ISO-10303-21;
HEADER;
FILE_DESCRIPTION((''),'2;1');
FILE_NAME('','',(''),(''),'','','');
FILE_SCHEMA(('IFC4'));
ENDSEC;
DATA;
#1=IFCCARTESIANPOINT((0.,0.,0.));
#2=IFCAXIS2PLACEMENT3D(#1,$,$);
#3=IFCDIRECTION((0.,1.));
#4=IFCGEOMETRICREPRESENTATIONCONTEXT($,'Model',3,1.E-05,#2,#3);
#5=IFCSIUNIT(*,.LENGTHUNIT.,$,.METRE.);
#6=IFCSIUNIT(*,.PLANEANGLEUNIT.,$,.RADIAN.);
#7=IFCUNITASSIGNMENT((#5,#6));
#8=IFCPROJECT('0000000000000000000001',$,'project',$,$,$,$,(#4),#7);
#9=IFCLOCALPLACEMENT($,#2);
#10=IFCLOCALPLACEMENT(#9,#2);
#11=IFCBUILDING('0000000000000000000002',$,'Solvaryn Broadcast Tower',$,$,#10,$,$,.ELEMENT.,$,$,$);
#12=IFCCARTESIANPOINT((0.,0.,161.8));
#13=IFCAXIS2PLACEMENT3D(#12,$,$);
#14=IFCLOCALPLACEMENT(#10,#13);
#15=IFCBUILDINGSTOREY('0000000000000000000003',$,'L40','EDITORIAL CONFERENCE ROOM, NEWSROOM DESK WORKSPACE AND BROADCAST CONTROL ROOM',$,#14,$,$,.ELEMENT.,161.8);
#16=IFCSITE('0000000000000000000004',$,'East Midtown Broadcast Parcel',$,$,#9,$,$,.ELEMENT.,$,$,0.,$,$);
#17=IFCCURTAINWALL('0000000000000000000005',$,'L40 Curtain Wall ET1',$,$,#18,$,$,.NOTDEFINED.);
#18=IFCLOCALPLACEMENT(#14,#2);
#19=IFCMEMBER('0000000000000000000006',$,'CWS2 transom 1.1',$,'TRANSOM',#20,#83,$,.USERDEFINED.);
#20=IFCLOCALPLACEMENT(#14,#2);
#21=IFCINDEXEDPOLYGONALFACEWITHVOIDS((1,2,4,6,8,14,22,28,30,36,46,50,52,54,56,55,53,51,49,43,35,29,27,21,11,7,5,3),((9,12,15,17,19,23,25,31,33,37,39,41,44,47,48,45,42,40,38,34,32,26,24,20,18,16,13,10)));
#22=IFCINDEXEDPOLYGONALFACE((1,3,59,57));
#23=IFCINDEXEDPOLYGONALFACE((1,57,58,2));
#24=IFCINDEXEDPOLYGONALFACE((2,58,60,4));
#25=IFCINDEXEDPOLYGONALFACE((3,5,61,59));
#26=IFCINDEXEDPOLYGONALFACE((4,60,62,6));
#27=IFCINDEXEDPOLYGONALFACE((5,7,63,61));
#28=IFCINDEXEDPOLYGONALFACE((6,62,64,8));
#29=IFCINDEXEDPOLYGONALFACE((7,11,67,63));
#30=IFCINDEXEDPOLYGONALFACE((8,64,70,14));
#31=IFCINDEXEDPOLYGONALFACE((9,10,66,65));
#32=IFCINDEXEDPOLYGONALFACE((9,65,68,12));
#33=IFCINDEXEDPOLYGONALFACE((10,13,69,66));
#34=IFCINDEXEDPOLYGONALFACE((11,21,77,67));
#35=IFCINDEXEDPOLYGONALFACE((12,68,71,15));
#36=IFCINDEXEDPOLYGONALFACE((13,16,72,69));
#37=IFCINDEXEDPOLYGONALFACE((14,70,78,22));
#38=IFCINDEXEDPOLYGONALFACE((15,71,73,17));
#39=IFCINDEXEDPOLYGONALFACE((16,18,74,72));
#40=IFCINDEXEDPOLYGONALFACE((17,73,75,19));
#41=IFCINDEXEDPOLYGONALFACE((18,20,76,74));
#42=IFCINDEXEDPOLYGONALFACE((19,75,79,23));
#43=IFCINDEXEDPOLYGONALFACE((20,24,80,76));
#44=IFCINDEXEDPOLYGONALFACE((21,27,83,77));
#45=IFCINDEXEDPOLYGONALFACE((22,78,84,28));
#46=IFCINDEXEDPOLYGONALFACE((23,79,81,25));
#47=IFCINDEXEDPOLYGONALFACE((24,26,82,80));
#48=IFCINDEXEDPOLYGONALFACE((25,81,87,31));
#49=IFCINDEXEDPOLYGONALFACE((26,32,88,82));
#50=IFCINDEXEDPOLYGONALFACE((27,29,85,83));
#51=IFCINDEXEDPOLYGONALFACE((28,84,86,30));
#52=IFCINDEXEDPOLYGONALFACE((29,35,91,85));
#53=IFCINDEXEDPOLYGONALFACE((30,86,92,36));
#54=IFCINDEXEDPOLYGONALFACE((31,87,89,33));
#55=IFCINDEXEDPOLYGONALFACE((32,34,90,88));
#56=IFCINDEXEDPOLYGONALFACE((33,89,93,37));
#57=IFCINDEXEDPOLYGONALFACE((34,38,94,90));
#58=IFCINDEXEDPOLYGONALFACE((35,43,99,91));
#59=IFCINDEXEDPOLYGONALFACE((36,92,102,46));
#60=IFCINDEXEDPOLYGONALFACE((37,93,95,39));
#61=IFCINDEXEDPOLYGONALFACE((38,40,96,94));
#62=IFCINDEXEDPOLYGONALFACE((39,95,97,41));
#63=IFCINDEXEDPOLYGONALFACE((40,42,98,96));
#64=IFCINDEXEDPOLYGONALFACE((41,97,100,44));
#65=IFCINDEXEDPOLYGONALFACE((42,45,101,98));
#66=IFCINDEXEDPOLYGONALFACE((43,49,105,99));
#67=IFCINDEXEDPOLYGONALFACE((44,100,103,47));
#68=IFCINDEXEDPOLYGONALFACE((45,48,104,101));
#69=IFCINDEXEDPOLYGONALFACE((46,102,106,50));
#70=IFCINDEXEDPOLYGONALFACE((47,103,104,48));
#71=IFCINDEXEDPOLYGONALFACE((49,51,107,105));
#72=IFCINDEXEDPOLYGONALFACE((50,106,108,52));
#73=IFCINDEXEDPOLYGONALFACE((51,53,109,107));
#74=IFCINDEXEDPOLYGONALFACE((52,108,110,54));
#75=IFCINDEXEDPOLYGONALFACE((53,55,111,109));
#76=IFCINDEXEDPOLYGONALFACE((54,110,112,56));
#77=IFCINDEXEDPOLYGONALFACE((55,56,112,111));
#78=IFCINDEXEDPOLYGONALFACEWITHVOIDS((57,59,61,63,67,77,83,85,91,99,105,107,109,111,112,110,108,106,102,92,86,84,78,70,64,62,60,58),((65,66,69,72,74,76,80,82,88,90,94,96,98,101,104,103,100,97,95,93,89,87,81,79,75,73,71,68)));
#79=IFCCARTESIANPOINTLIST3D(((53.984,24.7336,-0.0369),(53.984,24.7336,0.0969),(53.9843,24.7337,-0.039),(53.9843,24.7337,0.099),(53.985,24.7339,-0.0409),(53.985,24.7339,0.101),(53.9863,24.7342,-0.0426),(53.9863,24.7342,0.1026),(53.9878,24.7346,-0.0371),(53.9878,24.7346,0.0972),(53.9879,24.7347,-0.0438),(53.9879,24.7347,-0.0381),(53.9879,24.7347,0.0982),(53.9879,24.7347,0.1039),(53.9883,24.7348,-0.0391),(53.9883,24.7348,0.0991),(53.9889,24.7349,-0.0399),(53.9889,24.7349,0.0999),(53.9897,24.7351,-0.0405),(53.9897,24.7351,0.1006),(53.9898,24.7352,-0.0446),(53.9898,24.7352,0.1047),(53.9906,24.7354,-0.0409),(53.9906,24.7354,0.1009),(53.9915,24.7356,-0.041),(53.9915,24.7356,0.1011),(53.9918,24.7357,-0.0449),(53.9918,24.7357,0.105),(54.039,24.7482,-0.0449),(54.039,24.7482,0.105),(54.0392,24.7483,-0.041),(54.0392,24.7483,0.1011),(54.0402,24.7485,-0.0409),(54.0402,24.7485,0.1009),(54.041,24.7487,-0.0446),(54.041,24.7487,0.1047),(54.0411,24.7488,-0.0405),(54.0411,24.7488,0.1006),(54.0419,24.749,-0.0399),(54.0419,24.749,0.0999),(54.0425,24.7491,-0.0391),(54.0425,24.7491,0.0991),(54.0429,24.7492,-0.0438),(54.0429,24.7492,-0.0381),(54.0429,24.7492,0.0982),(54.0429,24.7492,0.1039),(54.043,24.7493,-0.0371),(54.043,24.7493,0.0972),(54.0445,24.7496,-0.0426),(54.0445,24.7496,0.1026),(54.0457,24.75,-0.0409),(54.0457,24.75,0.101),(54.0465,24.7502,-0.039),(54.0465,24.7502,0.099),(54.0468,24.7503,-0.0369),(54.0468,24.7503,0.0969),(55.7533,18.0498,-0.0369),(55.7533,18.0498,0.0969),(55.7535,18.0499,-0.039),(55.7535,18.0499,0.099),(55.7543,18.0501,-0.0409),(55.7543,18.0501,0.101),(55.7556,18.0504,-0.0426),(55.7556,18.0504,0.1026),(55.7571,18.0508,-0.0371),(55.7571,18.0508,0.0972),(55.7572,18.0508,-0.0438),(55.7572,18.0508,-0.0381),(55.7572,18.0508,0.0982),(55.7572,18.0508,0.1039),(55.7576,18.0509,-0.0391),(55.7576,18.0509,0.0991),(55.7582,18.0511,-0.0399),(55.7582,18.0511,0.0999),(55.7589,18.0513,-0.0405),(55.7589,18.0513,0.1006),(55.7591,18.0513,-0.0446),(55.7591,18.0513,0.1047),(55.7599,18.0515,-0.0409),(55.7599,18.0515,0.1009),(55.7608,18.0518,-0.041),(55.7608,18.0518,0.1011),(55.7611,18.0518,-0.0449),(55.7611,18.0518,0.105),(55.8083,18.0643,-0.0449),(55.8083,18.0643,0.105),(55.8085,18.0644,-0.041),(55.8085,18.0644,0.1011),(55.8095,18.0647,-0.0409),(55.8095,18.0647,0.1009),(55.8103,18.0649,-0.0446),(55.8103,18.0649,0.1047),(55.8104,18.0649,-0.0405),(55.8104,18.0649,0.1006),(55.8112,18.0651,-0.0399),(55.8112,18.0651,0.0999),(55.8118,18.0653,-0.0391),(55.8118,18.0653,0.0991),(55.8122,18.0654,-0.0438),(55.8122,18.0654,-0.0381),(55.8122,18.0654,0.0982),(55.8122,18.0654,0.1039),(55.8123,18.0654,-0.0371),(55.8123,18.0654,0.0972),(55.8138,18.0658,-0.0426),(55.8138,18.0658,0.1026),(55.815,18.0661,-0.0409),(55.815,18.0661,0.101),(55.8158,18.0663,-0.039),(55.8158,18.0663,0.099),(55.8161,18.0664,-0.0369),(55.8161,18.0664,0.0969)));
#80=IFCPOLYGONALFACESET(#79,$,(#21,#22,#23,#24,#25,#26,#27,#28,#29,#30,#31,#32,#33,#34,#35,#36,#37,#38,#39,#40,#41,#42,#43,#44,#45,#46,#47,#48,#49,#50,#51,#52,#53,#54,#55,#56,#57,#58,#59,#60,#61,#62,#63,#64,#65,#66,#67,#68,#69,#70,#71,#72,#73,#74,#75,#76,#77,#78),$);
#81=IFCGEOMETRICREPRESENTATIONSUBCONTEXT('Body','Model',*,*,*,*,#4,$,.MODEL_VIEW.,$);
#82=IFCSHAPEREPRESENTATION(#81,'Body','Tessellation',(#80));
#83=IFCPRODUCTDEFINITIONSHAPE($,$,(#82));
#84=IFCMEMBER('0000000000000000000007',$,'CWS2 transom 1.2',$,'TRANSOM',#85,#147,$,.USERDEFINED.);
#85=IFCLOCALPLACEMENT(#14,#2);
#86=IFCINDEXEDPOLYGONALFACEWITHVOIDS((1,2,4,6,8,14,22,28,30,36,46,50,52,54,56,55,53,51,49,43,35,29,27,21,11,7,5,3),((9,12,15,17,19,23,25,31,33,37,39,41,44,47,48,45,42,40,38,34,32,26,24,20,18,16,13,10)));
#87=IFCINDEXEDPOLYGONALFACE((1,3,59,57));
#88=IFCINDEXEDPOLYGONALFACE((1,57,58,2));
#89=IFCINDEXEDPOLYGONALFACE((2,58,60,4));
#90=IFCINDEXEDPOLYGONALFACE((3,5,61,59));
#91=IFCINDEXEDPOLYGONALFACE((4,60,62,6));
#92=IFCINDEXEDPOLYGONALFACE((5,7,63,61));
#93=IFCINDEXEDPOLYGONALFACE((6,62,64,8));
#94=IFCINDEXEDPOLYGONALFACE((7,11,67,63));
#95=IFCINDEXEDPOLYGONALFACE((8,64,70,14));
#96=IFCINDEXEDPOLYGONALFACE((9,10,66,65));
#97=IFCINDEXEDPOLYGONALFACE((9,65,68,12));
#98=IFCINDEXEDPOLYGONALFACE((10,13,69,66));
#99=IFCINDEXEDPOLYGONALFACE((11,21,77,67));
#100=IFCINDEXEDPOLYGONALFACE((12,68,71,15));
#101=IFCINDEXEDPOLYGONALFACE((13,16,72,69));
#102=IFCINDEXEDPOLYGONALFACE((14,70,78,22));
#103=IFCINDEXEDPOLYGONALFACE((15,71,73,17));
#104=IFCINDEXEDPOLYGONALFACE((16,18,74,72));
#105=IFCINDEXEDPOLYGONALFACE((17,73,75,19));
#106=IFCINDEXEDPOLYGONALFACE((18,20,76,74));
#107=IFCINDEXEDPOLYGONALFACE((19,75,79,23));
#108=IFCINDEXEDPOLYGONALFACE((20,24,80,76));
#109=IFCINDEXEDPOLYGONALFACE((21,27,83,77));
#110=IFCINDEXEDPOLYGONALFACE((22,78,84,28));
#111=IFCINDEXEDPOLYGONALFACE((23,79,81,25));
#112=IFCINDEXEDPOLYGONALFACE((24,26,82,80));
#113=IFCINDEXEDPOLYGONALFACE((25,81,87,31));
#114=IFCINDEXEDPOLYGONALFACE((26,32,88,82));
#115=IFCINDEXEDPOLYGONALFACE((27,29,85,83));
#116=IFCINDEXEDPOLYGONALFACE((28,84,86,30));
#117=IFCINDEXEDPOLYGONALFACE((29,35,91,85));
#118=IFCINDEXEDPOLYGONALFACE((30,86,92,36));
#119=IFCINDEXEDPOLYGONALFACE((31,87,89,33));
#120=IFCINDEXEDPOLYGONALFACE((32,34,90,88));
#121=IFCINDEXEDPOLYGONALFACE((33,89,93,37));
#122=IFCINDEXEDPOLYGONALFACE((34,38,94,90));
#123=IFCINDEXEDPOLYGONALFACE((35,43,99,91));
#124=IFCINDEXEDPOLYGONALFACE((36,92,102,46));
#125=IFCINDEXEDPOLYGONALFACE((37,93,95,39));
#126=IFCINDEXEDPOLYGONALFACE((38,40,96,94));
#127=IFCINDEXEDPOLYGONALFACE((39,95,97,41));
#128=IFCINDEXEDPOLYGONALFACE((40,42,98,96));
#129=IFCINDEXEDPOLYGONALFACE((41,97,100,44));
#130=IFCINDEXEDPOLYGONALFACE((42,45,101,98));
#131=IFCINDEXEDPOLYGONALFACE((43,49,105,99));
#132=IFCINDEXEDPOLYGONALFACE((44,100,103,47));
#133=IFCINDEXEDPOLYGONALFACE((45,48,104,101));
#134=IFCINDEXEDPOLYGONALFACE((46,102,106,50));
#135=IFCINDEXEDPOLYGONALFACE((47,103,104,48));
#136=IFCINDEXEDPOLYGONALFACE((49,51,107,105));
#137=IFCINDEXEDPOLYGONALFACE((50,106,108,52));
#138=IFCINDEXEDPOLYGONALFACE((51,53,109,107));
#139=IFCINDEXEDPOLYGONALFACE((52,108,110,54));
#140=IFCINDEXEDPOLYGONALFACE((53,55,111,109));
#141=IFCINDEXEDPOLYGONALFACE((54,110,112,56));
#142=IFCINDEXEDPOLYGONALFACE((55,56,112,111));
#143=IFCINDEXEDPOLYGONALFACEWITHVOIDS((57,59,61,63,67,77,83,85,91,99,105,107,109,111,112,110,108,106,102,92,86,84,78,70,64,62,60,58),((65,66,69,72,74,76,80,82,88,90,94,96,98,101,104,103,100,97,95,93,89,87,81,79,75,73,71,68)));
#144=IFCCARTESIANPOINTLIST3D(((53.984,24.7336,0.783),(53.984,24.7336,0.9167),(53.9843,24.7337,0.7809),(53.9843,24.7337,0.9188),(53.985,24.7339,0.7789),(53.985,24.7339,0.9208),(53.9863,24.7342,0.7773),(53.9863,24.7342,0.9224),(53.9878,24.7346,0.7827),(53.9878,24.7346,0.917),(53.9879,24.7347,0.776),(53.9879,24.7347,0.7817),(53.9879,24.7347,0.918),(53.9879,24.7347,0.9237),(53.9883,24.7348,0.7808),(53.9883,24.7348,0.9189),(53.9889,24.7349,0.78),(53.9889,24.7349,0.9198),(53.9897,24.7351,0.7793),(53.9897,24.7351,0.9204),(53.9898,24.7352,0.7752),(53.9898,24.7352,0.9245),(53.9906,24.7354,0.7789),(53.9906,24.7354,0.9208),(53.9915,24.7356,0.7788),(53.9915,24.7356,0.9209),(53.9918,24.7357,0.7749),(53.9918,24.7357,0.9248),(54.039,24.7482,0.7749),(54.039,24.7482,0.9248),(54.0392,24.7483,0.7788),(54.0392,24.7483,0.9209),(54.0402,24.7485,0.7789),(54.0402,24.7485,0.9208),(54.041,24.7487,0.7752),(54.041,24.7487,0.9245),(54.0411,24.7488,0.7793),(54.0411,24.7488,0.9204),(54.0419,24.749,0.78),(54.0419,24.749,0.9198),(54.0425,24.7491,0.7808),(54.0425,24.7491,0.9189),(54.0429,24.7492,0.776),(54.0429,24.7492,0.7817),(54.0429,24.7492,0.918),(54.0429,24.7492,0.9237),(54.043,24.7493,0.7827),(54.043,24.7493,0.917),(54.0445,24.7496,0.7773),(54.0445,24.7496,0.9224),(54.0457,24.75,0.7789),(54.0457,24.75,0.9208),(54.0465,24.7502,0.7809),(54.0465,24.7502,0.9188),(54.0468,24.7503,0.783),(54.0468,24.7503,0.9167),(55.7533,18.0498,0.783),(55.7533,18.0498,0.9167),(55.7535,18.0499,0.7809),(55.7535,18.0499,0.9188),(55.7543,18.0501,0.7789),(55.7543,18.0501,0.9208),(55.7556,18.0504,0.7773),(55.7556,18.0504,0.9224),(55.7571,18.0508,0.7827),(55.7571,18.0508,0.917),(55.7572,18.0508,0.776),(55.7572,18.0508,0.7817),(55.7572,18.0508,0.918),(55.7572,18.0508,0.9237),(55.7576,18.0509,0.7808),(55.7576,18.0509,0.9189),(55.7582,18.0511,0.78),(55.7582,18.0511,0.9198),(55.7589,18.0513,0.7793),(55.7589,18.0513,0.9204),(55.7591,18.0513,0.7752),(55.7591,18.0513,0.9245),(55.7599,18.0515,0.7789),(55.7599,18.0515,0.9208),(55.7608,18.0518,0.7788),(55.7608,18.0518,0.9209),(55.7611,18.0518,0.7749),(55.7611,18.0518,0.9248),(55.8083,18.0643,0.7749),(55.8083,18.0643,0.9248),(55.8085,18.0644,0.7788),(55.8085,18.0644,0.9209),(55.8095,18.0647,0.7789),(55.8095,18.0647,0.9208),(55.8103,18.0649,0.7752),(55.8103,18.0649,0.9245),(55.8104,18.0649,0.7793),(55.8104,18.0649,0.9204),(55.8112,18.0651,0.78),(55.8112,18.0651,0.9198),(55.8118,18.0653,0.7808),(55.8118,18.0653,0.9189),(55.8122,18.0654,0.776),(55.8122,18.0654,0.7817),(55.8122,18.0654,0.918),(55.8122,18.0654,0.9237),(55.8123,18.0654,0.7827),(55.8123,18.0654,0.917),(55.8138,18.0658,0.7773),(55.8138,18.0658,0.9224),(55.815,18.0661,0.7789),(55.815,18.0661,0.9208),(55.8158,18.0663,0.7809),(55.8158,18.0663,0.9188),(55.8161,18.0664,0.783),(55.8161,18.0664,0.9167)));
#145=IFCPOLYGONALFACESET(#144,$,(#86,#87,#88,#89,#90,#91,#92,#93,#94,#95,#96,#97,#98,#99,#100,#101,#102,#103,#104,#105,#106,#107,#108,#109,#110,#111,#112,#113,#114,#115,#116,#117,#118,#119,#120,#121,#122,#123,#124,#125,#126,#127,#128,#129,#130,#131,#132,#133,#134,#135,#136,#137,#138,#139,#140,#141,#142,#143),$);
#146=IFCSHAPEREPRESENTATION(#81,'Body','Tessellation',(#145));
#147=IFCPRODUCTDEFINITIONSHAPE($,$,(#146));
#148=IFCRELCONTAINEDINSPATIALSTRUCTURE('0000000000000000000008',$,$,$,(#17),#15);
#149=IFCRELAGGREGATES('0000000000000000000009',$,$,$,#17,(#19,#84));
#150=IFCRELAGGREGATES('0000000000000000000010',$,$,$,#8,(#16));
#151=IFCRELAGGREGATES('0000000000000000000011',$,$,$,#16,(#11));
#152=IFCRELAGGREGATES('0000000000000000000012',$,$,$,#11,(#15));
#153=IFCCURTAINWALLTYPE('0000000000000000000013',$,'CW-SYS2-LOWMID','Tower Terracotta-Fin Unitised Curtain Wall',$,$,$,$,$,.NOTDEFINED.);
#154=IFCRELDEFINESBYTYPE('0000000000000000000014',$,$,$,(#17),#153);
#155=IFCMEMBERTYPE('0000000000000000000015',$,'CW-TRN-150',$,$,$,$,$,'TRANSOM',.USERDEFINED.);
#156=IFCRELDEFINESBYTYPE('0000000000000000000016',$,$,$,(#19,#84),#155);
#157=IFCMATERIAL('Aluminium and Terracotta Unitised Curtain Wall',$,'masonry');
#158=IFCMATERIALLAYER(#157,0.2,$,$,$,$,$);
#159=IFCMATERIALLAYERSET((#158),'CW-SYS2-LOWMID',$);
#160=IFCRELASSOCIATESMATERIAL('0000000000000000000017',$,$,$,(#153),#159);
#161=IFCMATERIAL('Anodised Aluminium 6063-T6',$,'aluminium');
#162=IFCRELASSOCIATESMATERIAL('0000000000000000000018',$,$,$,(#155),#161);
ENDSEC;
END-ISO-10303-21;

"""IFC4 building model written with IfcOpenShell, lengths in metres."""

from ifc_helpers import new_model, si_unit, direction, frame, origin, origin_2d, place, context, subcontext, project, spatial, hollow_rectangle, extrude, material, layer, layer_set, material_profile, profile_set, type_object, element, aggregate, save


model = new_model("IFC4")

# Units and contexts
model_context = context("Model", 3, precision=1e-05, world=origin(), true_north=direction((0.0, 1.0)))
body_context = subcontext(model_context, "Body", "Model", "MODEL_VIEW")
ifc_project = project(units=[si_unit("LENGTHUNIT", "METRE"), si_unit("PLANEANGLEUNIT", "RADIAN")], contexts=[model_context])

# Site, building, storey
site_placement = place(None, origin())
site = spatial("IfcSite", under=ifc_project, at=site_placement, Name="East Midtown Broadcast Parcel", CompositionType="ELEMENT", RefElevation=0.0)
building_placement = place(site_placement, origin())
building = spatial("IfcBuilding", under=site, at=building_placement, Name="Solvaryn Broadcast Tower", CompositionType="ELEMENT")
storey_placement = place(building_placement, frame((0.0, 0.0, 161.8)))
storey = spatial("IfcBuildingStorey", under=building, at=storey_placement, Name="L40", Description="EDITORIAL CONFERENCE ROOM, NEWSROOM DESK WORKSPACE AND BROADCAST CONTROL ROOM", CompositionType="ELEMENT", Elevation=161.8)

# Curtain wall
ifc_material_1 = material(Name="Aluminium and Terracotta Unitised Curtain Wall", Category="masonry")
ifc_layer_1 = layer(ifc_material_1, 0.2)
ifc_layer_set_1 = layer_set([ifc_layer_1], Name="CW-SYS2-LOWMID")
curtain_wall_type = type_object("IfcCurtainWallType", Name="CW-SYS2-LOWMID", Description="Tower Terracotta-Fin Unitised Curtain Wall", PredefinedType="NOTDEFINED", material=ifc_layer_set_1)
curtain_wall_1_placement = place(storey_placement, origin())
curtain_wall_1 = element("IfcCurtainWall", 1, at=curtain_wall_1_placement, inside=storey, type_object=curtain_wall_type, Name="L40 Curtain Wall ET1", PredefinedType="NOTDEFINED")

# Members
ifc_material_2 = material(Name="Anodised Aluminium 6063-T6", Category="aluminium")
ifc_material_profile_1 = material_profile(ifc_material_2, hollow_rectangle(XDim=0.0649, YDim=0.1499, WallThickness=0.0039, InnerFilletRadius=0.0039, OuterFilletRadius=0.0081, at=origin_2d()))
ifc_profile_set_1 = profile_set([ifc_material_profile_1], Name="Anodised Aluminium 6063-T6")
member_type_1 = type_object("IfcMemberType", Name="CW-TRN-150", ElementType="TRANSOM", PredefinedType="USERDEFINED", material=ifc_profile_set_1)
member_1_placement = place(storey_placement, frame((54.0154, 24.7419, 0.03), z_axis=(0.255897, -0.966704, 0.0), x_axis=(0.966704, 0.255897, 0.0)))
member_1 = element("IfcMember", 2, at=member_1_placement, type_object=member_type_1, Name="CWS2 transom 1.1", ObjectType="TRANSOM", PredefinedType="USERDEFINED", context=body_context, shape_type="SweptSolid", body=[
    extrude(hollow_rectangle(XDim=0.0649, YDim=0.1499, WallThickness=0.0039, InnerFilletRadius=0.0039, OuterFilletRadius=0.0081, at=origin_2d()), origin(), (0.0, 0.0, 1.0), 6.9141),
])
member_2_placement = place(storey_placement, frame((54.0154, 24.7419, 0.8499), z_axis=(0.255897, -0.966704, 0.0), x_axis=(0.966704, 0.255897, 0.0)))
member_2 = element("IfcMember", 3, at=member_2_placement, type_object=member_type_1, Name="CWS2 transom 1.2", ObjectType="TRANSOM", PredefinedType="USERDEFINED", context=body_context, shape_type="SweptSolid", body=[
    extrude(hollow_rectangle(XDim=0.0649, YDim=0.1499, WallThickness=0.0039, InnerFilletRadius=0.0039, OuterFilletRadius=0.0081, at=origin_2d()), origin(), (0.0, 0.0, 1.0), 6.9141),
])

aggregate(curtain_wall_1, [member_1, member_2])

save(model, "model.ifc")
